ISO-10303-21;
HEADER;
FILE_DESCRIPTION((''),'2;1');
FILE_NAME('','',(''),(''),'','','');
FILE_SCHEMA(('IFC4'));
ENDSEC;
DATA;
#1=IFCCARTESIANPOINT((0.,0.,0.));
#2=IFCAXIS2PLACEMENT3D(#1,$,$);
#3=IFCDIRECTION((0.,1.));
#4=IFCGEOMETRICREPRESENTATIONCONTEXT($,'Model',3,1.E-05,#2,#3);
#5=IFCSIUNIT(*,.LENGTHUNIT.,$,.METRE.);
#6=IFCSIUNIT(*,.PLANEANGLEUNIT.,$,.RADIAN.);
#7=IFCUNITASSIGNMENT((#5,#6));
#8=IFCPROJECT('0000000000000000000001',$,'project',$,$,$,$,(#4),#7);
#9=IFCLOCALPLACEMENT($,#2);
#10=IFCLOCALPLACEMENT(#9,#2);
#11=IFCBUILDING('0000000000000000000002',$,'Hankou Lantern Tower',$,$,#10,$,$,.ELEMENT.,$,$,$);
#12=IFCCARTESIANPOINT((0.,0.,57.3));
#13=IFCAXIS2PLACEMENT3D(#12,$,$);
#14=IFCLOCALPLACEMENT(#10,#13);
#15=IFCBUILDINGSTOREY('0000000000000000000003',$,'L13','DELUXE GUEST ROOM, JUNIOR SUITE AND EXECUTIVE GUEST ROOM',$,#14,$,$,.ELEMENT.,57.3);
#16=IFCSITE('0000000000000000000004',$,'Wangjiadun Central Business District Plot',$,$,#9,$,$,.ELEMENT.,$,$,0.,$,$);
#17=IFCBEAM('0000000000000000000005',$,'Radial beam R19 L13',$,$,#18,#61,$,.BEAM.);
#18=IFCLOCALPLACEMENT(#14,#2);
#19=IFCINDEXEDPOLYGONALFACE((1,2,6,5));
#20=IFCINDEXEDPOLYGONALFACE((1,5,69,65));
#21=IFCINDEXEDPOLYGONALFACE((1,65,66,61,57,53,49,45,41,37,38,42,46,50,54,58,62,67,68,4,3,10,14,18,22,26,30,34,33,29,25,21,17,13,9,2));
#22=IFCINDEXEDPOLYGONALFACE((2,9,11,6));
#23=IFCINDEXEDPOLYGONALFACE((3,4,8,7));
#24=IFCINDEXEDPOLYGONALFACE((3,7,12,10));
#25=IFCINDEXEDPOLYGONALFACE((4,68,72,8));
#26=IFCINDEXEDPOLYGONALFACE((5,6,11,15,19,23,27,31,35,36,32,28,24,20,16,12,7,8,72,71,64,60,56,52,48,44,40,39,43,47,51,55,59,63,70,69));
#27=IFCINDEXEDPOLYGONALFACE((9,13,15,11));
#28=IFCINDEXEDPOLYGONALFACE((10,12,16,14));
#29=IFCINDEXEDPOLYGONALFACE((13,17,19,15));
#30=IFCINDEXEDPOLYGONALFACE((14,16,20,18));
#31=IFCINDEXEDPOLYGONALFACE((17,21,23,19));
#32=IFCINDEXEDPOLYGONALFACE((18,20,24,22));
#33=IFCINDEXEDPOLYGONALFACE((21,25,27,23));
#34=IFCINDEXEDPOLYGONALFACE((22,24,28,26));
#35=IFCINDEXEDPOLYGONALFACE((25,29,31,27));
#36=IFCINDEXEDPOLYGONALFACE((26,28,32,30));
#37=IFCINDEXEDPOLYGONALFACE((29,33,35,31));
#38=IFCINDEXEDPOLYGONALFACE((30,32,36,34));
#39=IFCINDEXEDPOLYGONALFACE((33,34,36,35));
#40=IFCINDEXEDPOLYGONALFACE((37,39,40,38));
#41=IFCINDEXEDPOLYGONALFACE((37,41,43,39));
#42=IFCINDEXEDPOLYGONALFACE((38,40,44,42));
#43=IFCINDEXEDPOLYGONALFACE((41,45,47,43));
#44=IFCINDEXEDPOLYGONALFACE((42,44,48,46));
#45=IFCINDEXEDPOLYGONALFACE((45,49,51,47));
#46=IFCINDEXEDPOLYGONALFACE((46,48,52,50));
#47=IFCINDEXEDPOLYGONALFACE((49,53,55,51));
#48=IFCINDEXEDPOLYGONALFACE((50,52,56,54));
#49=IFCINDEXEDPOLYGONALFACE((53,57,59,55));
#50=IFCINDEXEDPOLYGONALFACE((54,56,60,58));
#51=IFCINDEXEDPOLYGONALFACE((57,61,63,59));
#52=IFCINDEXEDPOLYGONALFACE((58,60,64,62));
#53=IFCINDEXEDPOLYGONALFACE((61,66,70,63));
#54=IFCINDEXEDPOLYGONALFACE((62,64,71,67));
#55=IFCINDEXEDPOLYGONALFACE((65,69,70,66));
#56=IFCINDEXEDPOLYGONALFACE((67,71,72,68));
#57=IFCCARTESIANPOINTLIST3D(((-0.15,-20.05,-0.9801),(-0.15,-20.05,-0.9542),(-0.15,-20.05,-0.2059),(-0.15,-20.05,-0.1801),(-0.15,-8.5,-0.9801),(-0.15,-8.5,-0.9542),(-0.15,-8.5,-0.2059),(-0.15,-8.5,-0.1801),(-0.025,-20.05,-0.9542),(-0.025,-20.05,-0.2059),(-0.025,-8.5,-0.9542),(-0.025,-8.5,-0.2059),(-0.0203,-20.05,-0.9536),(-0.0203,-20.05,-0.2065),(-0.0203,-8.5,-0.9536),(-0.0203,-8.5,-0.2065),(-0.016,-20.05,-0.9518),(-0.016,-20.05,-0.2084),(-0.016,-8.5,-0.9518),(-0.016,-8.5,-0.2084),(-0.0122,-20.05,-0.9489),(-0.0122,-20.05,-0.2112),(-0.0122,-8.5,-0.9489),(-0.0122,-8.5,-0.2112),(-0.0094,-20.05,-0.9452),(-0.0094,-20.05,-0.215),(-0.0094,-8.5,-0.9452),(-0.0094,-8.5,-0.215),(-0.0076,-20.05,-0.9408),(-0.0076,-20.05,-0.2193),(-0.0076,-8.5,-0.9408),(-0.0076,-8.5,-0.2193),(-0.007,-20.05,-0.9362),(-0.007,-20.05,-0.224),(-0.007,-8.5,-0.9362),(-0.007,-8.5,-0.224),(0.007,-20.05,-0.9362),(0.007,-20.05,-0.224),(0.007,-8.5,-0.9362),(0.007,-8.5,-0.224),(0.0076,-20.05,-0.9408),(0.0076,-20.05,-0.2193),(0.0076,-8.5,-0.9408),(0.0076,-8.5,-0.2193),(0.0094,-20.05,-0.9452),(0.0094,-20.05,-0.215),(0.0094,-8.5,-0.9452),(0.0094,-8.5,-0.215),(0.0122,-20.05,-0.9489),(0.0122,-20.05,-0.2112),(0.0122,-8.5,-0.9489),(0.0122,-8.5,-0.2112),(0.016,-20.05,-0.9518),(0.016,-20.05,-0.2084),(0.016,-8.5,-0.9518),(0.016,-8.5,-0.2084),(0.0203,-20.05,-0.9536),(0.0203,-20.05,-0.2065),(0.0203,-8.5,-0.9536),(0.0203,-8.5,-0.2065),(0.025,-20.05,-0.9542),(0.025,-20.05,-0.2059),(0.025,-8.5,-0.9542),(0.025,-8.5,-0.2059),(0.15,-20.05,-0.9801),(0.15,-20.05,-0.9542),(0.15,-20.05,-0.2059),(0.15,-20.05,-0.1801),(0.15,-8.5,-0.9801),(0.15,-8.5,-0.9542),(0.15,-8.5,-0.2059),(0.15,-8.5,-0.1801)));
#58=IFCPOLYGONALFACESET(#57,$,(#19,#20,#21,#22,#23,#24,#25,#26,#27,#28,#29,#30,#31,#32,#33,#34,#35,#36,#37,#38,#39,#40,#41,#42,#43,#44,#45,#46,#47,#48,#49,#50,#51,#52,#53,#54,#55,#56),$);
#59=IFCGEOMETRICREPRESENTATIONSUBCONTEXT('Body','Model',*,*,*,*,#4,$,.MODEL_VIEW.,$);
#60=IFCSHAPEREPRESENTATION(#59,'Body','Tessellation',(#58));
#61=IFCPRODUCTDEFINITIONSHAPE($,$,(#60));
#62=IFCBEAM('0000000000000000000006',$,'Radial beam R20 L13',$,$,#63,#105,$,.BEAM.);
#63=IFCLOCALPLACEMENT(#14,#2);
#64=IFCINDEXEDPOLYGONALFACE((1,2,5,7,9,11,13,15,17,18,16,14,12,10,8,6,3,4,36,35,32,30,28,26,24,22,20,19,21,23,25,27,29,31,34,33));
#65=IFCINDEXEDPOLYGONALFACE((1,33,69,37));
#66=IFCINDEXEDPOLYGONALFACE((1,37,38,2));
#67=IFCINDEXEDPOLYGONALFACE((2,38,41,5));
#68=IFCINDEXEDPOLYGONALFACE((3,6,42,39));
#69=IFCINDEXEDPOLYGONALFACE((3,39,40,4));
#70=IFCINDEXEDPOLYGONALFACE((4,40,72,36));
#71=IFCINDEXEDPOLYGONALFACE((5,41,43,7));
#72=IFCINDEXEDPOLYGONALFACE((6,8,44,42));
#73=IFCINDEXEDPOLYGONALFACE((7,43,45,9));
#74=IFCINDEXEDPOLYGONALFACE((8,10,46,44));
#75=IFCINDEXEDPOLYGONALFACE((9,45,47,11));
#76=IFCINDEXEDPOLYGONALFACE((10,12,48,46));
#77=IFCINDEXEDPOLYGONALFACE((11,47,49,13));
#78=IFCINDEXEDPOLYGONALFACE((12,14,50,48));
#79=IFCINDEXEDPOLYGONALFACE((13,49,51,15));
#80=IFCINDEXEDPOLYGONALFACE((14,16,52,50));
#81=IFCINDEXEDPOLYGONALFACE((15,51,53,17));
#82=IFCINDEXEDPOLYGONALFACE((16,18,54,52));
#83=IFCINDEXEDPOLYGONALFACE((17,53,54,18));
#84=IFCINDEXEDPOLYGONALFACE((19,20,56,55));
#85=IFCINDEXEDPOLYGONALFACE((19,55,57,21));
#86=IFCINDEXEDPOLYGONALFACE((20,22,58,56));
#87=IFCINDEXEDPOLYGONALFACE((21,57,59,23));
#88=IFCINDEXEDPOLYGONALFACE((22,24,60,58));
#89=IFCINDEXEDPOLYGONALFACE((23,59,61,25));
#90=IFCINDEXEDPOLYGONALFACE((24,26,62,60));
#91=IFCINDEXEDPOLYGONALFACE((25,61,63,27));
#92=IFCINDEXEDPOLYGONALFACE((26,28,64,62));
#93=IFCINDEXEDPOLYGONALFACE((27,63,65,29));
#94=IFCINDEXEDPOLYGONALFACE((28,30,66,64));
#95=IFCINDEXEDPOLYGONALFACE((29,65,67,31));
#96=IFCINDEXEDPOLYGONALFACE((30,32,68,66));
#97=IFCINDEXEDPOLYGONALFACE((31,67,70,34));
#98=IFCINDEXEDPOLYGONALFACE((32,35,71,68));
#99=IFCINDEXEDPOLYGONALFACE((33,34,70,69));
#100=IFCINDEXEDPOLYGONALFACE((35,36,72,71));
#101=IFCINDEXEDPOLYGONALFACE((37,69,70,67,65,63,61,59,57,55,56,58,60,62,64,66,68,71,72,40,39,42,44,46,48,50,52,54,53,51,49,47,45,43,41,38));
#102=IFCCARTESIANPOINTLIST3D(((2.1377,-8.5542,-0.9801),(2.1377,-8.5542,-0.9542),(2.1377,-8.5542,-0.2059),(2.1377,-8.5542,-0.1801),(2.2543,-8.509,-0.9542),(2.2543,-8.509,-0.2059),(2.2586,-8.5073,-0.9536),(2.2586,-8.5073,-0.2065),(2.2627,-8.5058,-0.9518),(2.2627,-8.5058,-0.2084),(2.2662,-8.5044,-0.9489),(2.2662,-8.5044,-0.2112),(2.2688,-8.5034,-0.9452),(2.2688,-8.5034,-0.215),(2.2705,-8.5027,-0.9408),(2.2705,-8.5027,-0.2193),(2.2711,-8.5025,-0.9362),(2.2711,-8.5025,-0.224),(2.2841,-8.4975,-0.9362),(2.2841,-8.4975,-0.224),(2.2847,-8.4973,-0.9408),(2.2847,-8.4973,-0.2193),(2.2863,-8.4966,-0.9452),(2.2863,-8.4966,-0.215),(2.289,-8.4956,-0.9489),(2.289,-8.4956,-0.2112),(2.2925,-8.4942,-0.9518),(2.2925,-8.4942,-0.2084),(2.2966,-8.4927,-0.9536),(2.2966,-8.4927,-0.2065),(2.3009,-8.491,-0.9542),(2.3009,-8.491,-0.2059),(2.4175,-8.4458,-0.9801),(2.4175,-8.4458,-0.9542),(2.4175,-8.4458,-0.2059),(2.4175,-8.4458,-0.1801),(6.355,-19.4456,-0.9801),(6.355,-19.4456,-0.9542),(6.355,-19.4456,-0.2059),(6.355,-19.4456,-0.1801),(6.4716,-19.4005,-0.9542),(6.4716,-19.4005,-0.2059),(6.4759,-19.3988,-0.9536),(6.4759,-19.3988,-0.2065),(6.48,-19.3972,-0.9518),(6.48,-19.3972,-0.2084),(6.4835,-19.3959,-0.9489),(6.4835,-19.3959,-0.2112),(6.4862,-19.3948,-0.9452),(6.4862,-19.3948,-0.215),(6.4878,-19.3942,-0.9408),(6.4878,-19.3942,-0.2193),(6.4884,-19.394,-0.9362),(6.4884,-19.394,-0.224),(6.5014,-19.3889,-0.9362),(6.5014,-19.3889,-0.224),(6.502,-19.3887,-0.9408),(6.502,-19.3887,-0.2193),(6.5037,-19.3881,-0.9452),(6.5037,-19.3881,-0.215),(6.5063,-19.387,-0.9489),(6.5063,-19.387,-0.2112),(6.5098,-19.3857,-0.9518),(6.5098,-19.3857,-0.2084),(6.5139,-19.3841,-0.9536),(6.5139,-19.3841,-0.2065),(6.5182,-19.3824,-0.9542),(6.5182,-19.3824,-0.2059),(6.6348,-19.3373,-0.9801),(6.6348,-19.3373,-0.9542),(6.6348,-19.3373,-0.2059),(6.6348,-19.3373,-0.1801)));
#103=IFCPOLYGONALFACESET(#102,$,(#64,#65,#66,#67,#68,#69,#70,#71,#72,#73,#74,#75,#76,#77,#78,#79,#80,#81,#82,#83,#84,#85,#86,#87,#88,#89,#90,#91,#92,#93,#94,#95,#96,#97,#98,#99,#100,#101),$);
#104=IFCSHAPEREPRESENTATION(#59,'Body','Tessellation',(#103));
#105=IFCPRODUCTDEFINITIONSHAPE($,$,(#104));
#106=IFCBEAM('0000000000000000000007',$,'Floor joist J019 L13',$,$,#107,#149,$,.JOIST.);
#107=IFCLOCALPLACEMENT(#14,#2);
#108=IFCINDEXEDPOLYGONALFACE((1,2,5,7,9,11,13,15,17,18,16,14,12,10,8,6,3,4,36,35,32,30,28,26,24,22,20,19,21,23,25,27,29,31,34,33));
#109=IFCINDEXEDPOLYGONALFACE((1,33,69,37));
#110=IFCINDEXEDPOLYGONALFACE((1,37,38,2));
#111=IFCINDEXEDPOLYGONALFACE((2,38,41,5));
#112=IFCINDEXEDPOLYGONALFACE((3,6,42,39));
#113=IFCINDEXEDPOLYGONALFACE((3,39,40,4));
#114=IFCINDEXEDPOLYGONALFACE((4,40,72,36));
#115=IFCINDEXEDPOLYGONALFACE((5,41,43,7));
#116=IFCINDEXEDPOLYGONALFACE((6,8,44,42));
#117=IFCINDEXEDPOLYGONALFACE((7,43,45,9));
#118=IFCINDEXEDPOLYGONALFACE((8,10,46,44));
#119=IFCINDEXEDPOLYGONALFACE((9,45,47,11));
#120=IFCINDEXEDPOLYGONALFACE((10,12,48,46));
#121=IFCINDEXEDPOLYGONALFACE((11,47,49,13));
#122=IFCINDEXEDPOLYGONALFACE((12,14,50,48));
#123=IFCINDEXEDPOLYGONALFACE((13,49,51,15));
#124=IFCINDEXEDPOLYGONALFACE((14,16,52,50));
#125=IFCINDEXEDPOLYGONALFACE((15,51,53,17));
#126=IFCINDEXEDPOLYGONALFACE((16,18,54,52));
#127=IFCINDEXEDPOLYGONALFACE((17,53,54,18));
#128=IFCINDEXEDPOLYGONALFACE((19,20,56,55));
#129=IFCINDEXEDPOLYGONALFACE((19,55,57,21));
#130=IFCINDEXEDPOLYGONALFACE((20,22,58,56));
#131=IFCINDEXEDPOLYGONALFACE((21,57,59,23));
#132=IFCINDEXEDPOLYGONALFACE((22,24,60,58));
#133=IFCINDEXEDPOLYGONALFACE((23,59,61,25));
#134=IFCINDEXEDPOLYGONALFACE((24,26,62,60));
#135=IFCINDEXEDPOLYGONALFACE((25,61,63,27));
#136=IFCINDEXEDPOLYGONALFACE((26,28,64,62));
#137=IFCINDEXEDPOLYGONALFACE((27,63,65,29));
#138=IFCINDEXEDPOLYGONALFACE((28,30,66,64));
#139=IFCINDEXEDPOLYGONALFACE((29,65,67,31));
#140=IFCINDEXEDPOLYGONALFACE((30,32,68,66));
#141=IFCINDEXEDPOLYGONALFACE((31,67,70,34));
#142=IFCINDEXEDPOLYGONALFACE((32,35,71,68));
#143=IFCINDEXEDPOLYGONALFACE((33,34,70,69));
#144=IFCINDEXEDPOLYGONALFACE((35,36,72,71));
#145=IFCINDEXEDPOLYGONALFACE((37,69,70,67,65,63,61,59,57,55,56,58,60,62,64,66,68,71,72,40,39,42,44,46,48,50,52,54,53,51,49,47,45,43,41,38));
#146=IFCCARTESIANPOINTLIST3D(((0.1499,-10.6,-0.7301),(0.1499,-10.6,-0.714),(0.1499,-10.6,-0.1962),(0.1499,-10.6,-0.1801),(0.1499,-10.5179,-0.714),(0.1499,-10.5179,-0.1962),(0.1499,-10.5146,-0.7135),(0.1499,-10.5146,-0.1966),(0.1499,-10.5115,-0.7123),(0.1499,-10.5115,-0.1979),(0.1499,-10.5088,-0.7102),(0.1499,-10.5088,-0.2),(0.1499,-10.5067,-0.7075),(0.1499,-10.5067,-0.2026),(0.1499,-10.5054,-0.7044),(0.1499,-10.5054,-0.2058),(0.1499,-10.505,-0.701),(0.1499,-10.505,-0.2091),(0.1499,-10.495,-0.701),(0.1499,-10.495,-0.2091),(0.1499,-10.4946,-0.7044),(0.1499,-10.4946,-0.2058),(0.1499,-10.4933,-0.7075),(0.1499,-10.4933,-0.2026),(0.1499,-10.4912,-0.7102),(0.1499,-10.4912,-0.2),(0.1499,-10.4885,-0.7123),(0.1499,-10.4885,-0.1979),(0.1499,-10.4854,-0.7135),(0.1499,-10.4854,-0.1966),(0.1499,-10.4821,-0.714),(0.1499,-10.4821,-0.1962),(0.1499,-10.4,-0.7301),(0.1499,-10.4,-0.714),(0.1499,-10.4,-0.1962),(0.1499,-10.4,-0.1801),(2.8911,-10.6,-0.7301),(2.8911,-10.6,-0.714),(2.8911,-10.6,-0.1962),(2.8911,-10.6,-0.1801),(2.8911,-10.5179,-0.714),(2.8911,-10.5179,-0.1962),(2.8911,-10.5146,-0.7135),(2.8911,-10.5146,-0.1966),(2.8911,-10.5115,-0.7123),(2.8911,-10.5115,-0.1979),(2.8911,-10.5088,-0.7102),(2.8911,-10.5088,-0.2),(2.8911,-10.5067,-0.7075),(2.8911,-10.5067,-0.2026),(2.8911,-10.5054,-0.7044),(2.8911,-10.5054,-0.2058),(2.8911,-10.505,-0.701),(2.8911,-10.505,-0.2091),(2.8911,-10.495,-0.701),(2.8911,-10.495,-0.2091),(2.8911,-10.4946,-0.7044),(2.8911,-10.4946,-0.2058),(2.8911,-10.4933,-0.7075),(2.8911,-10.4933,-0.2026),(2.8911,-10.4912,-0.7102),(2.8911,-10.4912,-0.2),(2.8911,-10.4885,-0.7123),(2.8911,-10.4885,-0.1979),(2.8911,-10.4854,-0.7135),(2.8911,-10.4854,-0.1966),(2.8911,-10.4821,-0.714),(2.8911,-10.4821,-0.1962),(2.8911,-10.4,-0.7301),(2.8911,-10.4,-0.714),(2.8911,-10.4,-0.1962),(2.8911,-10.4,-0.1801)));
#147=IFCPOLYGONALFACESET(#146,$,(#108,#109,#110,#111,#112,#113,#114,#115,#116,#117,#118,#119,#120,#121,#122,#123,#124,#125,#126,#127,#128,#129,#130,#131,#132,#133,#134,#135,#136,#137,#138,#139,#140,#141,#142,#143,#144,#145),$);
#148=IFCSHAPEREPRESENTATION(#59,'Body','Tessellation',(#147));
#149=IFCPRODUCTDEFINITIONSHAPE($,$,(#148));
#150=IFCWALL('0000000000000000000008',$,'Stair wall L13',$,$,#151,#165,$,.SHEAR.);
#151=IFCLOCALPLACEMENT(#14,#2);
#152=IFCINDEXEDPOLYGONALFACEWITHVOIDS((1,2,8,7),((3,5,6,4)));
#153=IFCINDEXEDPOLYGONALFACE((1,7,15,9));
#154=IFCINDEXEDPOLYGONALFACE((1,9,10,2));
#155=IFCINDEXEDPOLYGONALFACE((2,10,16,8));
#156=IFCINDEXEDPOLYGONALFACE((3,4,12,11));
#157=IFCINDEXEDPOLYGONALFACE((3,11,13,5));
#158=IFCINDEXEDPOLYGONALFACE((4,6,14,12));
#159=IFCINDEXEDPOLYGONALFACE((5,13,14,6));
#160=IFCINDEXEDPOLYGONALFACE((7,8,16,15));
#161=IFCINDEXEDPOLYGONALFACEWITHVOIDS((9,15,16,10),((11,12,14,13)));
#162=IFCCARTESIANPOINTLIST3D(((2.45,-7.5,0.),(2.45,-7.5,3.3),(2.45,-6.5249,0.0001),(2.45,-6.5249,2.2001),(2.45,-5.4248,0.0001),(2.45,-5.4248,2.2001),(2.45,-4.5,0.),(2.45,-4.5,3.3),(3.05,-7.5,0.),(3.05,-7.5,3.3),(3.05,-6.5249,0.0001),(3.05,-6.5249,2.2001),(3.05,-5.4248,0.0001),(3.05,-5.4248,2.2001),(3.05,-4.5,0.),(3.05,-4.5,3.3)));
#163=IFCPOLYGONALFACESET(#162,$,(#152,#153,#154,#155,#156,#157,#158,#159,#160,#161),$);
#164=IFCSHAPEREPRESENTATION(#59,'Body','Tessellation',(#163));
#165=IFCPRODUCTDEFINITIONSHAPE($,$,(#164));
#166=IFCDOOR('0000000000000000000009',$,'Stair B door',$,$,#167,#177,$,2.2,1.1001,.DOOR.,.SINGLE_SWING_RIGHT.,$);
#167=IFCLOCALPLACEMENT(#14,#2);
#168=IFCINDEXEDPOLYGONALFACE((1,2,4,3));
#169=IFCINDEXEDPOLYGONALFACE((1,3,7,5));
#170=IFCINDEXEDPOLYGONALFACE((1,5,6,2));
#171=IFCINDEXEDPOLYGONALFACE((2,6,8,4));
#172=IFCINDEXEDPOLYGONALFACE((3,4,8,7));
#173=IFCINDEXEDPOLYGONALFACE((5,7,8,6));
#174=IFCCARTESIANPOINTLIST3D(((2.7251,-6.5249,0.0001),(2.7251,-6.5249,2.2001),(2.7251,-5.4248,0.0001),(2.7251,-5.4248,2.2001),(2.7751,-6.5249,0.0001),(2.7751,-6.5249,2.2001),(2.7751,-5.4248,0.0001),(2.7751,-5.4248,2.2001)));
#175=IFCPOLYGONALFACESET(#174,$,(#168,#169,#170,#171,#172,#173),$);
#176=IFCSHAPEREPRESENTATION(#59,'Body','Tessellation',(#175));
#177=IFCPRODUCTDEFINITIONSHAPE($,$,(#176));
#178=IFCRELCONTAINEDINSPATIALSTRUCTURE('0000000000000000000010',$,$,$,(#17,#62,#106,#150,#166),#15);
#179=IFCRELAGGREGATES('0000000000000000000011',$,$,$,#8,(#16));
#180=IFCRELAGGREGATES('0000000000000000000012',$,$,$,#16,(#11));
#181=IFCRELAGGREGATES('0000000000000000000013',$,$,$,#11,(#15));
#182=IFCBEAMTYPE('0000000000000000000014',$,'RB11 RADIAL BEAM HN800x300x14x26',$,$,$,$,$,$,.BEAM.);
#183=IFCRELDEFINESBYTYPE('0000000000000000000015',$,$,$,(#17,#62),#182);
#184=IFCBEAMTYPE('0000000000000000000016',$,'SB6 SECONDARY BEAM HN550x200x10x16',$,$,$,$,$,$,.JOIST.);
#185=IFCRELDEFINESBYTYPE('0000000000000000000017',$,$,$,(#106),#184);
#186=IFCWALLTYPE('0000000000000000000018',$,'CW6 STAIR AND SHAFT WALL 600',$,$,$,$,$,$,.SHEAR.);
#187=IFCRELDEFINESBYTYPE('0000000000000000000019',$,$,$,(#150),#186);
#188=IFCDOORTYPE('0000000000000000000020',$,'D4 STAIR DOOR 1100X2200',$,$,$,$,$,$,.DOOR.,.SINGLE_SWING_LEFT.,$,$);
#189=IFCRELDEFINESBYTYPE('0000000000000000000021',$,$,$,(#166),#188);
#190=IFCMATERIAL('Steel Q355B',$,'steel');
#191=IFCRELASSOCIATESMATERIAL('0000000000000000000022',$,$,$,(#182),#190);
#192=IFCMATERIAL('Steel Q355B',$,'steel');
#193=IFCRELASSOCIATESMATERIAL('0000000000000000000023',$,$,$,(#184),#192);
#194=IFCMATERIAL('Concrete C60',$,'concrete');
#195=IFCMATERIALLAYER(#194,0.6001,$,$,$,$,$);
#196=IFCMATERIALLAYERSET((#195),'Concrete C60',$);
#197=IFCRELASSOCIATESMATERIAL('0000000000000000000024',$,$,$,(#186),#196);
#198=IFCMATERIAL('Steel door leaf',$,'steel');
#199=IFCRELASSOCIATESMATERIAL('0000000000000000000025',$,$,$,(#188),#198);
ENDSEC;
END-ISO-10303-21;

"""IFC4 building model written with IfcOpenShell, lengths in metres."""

from ifc_helpers import new_model, si_unit, direction, frame, frame_2d, origin, origin_2d, place, context, subcontext, project, spatial, rectangle, i_section, extrude, material, layer, layer_set, material_profile, profile_set, type_object, element, fill, save


model = new_model("IFC4")

# Units and contexts
model_context = context("Model", 3, precision=1e-05, world=origin(), true_north=direction((0.0, 1.0)))
body_context = subcontext(model_context, "Body", "Model", "MODEL_VIEW")
ifc_project = project(units=[si_unit("LENGTHUNIT", "METRE"), si_unit("PLANEANGLEUNIT", "RADIAN")], contexts=[model_context])

# Site, building, storey
site_placement = place(None, origin())
site = spatial("IfcSite", under=ifc_project, at=site_placement, Name="Wangjiadun Central Business District Plot", CompositionType="ELEMENT", RefElevation=0.0)
building_placement = place(site_placement, origin())
building = spatial("IfcBuilding", under=site, at=building_placement, Name="Hankou Lantern Tower", CompositionType="ELEMENT")
storey_placement = place(building_placement, frame((0.0, 0.0, 57.3)))
storey = spatial("IfcBuildingStorey", under=building, at=storey_placement, Name="L13", Description="DELUXE GUEST ROOM, JUNIOR SUITE AND EXECUTIVE GUEST ROOM", CompositionType="ELEMENT", Elevation=57.3)

# Beams
ifc_material_1 = material(Name="Steel Q355B", Category="steel")
ifc_material_profile_1 = material_profile(ifc_material_1, i_section(OverallWidth=0.3, OverallDepth=0.8, WebThickness=0.0139, FlangeThickness=0.0259, FilletRadius=0.0181, at=origin_2d()), Name="HN800x300x14x26")
ifc_profile_set_1 = profile_set([ifc_material_profile_1], Name="Steel Q355B")
beam_type_1 = type_object("IfcBeamType", Name="RB11 RADIAL BEAM HN800x300x14x26", PredefinedType="BEAM", material=ifc_profile_set_1)
beam_1_placement = place(storey_placement, frame((0.0, -8.5, -0.5801), z_axis=(0.0, -1.0, 0.0), x_axis=(1.0, 0.0, 0.0)))
element("IfcBeam", 1, at=beam_1_placement, inside=storey, type_object=beam_type_1, Name="Radial beam R19 L13", PredefinedType="BEAM", context=body_context, shape_type="SweptSolid", body=[
    extrude(i_section(OverallWidth=0.3, OverallDepth=0.8, WebThickness=0.0139, FlangeThickness=0.0259, FilletRadius=0.0181, at=origin_2d()), origin(), (0.0, 0.0, 1.0), 11.55),
])
beam_2_placement = place(storey_placement, frame((2.2776, -8.5, -0.5801), z_axis=(0.361089, -0.932531, 0.0), x_axis=(0.932531, 0.361089, 0.0)))
element("IfcBeam", 2, at=beam_2_placement, inside=storey, type_object=beam_type_1, Name="Radial beam R20 L13", PredefinedType="BEAM", context=body_context, shape_type="SweptSolid", body=[
    extrude(i_section(OverallWidth=0.3, OverallDepth=0.8, WebThickness=0.0139, FlangeThickness=0.0259, FilletRadius=0.0181, at=origin_2d()), origin(), (0.0, 0.0, 1.0), 11.6794),
])
ifc_material_2 = material(Name="Steel Q355B", Category="steel")
ifc_material_profile_2 = material_profile(ifc_material_2, i_section(OverallWidth=0.2, OverallDepth=0.55, WebThickness=0.01, FlangeThickness=0.0161, FilletRadius=0.0129, at=origin_2d()), Name="HN550x200x10x16")
ifc_profile_set_2 = profile_set([ifc_material_profile_2], Name="Steel Q355B")
beam_type_2 = type_object("IfcBeamType", Name="SB6 SECONDARY BEAM HN550x200x10x16", PredefinedType="JOIST", material=ifc_profile_set_2)
beam_3_placement = place(storey_placement, frame((0.1499, -10.5, -0.4551), z_axis=(1.0, 0.0, 0.0), x_axis=(0.0, 1.0, 0.0)))
element("IfcBeam", 3, at=beam_3_placement, inside=storey, type_object=beam_type_2, Name="Floor joist J019 L13", PredefinedType="JOIST", context=body_context, shape_type="SweptSolid", body=[
    extrude(i_section(OverallWidth=0.2, OverallDepth=0.55, WebThickness=0.01, FlangeThickness=0.0161, FilletRadius=0.0129, at=origin_2d()), origin(), (0.0, 0.0, 1.0), 2.7412),
])

# Wall, opening, door
ifc_material_3 = material(Name="Concrete C60", Category="concrete")
ifc_layer_1 = layer(ifc_material_3, 0.6001)
ifc_layer_set_1 = layer_set([ifc_layer_1], Name="Concrete C60")
wall_type_1 = type_object("IfcWallType", Name="CW6 STAIR AND SHAFT WALL 600", PredefinedType="SHEAR", material=ifc_layer_set_1)
wall_1_placement = place(storey_placement, frame((2.75, -7.5, 0.0), z_axis=(0.0, 0.0, 1.0), x_axis=(0.0, 1.0, 0.0)))
wall_1 = element("IfcWall", 4, at=wall_1_placement, inside=storey, type_object=wall_type_1, Name="Stair wall L13", PredefinedType="SHEAR", context=body_context, shape_type="SweptSolid", body=[
    extrude(rectangle(XDim=3.0, YDim=0.6001, at=frame_2d((1.5, 0.0))), origin(), (0.0, 0.0, 1.0), 3.3),
])
opening_1_placement = place(wall_1_placement, frame((0.9751, 0.0, 0.0)))
opening_1 = element("IfcOpeningElement", 5, at=opening_1_placement, cuts=wall_1, PredefinedType="OPENING", context=body_context, shape_type="SweptSolid", body=[
    extrude(rectangle(XDim=1.1001, YDim=2.2, at=frame_2d((0.55, 1.1001))), frame((0.0, 0.3101, 0.0), z_axis=(0.0, -1.0, 0.0), x_axis=(1.0, 0.0, 0.0)), (0.0, 0.0, 1.0), 0.6201),
])
ifc_material_4 = material(Name="Steel door leaf", Category="steel")
door_type_1 = type_object("IfcDoorType", Name="D4 STAIR DOOR 1100X2200", OperationType="SINGLE_SWING_LEFT", PredefinedType="DOOR", material=ifc_material_4)
door_1_placement = place(opening_1_placement, origin())
door_1 = element("IfcDoor", 6, at=door_1_placement, inside=storey, type_object=door_type_1, Name="Stair B door", OperationType="SINGLE_SWING_RIGHT", OverallHeight=2.2, OverallWidth=1.1001, PredefinedType="DOOR", context=body_context, shape_type="SweptSolid", body=[
    extrude(rectangle(XDim=1.1001, YDim=2.2, at=frame_2d((0.55, 1.1001))), frame((0.0, 0.0249, 0.0), z_axis=(0.0, -1.0, 0.0), x_axis=(1.0, 0.0, 0.0)), (0.0, 0.0, 1.0), 0.05),
])
fill(opening_1, door_1)

save(model, "model.ifc")
